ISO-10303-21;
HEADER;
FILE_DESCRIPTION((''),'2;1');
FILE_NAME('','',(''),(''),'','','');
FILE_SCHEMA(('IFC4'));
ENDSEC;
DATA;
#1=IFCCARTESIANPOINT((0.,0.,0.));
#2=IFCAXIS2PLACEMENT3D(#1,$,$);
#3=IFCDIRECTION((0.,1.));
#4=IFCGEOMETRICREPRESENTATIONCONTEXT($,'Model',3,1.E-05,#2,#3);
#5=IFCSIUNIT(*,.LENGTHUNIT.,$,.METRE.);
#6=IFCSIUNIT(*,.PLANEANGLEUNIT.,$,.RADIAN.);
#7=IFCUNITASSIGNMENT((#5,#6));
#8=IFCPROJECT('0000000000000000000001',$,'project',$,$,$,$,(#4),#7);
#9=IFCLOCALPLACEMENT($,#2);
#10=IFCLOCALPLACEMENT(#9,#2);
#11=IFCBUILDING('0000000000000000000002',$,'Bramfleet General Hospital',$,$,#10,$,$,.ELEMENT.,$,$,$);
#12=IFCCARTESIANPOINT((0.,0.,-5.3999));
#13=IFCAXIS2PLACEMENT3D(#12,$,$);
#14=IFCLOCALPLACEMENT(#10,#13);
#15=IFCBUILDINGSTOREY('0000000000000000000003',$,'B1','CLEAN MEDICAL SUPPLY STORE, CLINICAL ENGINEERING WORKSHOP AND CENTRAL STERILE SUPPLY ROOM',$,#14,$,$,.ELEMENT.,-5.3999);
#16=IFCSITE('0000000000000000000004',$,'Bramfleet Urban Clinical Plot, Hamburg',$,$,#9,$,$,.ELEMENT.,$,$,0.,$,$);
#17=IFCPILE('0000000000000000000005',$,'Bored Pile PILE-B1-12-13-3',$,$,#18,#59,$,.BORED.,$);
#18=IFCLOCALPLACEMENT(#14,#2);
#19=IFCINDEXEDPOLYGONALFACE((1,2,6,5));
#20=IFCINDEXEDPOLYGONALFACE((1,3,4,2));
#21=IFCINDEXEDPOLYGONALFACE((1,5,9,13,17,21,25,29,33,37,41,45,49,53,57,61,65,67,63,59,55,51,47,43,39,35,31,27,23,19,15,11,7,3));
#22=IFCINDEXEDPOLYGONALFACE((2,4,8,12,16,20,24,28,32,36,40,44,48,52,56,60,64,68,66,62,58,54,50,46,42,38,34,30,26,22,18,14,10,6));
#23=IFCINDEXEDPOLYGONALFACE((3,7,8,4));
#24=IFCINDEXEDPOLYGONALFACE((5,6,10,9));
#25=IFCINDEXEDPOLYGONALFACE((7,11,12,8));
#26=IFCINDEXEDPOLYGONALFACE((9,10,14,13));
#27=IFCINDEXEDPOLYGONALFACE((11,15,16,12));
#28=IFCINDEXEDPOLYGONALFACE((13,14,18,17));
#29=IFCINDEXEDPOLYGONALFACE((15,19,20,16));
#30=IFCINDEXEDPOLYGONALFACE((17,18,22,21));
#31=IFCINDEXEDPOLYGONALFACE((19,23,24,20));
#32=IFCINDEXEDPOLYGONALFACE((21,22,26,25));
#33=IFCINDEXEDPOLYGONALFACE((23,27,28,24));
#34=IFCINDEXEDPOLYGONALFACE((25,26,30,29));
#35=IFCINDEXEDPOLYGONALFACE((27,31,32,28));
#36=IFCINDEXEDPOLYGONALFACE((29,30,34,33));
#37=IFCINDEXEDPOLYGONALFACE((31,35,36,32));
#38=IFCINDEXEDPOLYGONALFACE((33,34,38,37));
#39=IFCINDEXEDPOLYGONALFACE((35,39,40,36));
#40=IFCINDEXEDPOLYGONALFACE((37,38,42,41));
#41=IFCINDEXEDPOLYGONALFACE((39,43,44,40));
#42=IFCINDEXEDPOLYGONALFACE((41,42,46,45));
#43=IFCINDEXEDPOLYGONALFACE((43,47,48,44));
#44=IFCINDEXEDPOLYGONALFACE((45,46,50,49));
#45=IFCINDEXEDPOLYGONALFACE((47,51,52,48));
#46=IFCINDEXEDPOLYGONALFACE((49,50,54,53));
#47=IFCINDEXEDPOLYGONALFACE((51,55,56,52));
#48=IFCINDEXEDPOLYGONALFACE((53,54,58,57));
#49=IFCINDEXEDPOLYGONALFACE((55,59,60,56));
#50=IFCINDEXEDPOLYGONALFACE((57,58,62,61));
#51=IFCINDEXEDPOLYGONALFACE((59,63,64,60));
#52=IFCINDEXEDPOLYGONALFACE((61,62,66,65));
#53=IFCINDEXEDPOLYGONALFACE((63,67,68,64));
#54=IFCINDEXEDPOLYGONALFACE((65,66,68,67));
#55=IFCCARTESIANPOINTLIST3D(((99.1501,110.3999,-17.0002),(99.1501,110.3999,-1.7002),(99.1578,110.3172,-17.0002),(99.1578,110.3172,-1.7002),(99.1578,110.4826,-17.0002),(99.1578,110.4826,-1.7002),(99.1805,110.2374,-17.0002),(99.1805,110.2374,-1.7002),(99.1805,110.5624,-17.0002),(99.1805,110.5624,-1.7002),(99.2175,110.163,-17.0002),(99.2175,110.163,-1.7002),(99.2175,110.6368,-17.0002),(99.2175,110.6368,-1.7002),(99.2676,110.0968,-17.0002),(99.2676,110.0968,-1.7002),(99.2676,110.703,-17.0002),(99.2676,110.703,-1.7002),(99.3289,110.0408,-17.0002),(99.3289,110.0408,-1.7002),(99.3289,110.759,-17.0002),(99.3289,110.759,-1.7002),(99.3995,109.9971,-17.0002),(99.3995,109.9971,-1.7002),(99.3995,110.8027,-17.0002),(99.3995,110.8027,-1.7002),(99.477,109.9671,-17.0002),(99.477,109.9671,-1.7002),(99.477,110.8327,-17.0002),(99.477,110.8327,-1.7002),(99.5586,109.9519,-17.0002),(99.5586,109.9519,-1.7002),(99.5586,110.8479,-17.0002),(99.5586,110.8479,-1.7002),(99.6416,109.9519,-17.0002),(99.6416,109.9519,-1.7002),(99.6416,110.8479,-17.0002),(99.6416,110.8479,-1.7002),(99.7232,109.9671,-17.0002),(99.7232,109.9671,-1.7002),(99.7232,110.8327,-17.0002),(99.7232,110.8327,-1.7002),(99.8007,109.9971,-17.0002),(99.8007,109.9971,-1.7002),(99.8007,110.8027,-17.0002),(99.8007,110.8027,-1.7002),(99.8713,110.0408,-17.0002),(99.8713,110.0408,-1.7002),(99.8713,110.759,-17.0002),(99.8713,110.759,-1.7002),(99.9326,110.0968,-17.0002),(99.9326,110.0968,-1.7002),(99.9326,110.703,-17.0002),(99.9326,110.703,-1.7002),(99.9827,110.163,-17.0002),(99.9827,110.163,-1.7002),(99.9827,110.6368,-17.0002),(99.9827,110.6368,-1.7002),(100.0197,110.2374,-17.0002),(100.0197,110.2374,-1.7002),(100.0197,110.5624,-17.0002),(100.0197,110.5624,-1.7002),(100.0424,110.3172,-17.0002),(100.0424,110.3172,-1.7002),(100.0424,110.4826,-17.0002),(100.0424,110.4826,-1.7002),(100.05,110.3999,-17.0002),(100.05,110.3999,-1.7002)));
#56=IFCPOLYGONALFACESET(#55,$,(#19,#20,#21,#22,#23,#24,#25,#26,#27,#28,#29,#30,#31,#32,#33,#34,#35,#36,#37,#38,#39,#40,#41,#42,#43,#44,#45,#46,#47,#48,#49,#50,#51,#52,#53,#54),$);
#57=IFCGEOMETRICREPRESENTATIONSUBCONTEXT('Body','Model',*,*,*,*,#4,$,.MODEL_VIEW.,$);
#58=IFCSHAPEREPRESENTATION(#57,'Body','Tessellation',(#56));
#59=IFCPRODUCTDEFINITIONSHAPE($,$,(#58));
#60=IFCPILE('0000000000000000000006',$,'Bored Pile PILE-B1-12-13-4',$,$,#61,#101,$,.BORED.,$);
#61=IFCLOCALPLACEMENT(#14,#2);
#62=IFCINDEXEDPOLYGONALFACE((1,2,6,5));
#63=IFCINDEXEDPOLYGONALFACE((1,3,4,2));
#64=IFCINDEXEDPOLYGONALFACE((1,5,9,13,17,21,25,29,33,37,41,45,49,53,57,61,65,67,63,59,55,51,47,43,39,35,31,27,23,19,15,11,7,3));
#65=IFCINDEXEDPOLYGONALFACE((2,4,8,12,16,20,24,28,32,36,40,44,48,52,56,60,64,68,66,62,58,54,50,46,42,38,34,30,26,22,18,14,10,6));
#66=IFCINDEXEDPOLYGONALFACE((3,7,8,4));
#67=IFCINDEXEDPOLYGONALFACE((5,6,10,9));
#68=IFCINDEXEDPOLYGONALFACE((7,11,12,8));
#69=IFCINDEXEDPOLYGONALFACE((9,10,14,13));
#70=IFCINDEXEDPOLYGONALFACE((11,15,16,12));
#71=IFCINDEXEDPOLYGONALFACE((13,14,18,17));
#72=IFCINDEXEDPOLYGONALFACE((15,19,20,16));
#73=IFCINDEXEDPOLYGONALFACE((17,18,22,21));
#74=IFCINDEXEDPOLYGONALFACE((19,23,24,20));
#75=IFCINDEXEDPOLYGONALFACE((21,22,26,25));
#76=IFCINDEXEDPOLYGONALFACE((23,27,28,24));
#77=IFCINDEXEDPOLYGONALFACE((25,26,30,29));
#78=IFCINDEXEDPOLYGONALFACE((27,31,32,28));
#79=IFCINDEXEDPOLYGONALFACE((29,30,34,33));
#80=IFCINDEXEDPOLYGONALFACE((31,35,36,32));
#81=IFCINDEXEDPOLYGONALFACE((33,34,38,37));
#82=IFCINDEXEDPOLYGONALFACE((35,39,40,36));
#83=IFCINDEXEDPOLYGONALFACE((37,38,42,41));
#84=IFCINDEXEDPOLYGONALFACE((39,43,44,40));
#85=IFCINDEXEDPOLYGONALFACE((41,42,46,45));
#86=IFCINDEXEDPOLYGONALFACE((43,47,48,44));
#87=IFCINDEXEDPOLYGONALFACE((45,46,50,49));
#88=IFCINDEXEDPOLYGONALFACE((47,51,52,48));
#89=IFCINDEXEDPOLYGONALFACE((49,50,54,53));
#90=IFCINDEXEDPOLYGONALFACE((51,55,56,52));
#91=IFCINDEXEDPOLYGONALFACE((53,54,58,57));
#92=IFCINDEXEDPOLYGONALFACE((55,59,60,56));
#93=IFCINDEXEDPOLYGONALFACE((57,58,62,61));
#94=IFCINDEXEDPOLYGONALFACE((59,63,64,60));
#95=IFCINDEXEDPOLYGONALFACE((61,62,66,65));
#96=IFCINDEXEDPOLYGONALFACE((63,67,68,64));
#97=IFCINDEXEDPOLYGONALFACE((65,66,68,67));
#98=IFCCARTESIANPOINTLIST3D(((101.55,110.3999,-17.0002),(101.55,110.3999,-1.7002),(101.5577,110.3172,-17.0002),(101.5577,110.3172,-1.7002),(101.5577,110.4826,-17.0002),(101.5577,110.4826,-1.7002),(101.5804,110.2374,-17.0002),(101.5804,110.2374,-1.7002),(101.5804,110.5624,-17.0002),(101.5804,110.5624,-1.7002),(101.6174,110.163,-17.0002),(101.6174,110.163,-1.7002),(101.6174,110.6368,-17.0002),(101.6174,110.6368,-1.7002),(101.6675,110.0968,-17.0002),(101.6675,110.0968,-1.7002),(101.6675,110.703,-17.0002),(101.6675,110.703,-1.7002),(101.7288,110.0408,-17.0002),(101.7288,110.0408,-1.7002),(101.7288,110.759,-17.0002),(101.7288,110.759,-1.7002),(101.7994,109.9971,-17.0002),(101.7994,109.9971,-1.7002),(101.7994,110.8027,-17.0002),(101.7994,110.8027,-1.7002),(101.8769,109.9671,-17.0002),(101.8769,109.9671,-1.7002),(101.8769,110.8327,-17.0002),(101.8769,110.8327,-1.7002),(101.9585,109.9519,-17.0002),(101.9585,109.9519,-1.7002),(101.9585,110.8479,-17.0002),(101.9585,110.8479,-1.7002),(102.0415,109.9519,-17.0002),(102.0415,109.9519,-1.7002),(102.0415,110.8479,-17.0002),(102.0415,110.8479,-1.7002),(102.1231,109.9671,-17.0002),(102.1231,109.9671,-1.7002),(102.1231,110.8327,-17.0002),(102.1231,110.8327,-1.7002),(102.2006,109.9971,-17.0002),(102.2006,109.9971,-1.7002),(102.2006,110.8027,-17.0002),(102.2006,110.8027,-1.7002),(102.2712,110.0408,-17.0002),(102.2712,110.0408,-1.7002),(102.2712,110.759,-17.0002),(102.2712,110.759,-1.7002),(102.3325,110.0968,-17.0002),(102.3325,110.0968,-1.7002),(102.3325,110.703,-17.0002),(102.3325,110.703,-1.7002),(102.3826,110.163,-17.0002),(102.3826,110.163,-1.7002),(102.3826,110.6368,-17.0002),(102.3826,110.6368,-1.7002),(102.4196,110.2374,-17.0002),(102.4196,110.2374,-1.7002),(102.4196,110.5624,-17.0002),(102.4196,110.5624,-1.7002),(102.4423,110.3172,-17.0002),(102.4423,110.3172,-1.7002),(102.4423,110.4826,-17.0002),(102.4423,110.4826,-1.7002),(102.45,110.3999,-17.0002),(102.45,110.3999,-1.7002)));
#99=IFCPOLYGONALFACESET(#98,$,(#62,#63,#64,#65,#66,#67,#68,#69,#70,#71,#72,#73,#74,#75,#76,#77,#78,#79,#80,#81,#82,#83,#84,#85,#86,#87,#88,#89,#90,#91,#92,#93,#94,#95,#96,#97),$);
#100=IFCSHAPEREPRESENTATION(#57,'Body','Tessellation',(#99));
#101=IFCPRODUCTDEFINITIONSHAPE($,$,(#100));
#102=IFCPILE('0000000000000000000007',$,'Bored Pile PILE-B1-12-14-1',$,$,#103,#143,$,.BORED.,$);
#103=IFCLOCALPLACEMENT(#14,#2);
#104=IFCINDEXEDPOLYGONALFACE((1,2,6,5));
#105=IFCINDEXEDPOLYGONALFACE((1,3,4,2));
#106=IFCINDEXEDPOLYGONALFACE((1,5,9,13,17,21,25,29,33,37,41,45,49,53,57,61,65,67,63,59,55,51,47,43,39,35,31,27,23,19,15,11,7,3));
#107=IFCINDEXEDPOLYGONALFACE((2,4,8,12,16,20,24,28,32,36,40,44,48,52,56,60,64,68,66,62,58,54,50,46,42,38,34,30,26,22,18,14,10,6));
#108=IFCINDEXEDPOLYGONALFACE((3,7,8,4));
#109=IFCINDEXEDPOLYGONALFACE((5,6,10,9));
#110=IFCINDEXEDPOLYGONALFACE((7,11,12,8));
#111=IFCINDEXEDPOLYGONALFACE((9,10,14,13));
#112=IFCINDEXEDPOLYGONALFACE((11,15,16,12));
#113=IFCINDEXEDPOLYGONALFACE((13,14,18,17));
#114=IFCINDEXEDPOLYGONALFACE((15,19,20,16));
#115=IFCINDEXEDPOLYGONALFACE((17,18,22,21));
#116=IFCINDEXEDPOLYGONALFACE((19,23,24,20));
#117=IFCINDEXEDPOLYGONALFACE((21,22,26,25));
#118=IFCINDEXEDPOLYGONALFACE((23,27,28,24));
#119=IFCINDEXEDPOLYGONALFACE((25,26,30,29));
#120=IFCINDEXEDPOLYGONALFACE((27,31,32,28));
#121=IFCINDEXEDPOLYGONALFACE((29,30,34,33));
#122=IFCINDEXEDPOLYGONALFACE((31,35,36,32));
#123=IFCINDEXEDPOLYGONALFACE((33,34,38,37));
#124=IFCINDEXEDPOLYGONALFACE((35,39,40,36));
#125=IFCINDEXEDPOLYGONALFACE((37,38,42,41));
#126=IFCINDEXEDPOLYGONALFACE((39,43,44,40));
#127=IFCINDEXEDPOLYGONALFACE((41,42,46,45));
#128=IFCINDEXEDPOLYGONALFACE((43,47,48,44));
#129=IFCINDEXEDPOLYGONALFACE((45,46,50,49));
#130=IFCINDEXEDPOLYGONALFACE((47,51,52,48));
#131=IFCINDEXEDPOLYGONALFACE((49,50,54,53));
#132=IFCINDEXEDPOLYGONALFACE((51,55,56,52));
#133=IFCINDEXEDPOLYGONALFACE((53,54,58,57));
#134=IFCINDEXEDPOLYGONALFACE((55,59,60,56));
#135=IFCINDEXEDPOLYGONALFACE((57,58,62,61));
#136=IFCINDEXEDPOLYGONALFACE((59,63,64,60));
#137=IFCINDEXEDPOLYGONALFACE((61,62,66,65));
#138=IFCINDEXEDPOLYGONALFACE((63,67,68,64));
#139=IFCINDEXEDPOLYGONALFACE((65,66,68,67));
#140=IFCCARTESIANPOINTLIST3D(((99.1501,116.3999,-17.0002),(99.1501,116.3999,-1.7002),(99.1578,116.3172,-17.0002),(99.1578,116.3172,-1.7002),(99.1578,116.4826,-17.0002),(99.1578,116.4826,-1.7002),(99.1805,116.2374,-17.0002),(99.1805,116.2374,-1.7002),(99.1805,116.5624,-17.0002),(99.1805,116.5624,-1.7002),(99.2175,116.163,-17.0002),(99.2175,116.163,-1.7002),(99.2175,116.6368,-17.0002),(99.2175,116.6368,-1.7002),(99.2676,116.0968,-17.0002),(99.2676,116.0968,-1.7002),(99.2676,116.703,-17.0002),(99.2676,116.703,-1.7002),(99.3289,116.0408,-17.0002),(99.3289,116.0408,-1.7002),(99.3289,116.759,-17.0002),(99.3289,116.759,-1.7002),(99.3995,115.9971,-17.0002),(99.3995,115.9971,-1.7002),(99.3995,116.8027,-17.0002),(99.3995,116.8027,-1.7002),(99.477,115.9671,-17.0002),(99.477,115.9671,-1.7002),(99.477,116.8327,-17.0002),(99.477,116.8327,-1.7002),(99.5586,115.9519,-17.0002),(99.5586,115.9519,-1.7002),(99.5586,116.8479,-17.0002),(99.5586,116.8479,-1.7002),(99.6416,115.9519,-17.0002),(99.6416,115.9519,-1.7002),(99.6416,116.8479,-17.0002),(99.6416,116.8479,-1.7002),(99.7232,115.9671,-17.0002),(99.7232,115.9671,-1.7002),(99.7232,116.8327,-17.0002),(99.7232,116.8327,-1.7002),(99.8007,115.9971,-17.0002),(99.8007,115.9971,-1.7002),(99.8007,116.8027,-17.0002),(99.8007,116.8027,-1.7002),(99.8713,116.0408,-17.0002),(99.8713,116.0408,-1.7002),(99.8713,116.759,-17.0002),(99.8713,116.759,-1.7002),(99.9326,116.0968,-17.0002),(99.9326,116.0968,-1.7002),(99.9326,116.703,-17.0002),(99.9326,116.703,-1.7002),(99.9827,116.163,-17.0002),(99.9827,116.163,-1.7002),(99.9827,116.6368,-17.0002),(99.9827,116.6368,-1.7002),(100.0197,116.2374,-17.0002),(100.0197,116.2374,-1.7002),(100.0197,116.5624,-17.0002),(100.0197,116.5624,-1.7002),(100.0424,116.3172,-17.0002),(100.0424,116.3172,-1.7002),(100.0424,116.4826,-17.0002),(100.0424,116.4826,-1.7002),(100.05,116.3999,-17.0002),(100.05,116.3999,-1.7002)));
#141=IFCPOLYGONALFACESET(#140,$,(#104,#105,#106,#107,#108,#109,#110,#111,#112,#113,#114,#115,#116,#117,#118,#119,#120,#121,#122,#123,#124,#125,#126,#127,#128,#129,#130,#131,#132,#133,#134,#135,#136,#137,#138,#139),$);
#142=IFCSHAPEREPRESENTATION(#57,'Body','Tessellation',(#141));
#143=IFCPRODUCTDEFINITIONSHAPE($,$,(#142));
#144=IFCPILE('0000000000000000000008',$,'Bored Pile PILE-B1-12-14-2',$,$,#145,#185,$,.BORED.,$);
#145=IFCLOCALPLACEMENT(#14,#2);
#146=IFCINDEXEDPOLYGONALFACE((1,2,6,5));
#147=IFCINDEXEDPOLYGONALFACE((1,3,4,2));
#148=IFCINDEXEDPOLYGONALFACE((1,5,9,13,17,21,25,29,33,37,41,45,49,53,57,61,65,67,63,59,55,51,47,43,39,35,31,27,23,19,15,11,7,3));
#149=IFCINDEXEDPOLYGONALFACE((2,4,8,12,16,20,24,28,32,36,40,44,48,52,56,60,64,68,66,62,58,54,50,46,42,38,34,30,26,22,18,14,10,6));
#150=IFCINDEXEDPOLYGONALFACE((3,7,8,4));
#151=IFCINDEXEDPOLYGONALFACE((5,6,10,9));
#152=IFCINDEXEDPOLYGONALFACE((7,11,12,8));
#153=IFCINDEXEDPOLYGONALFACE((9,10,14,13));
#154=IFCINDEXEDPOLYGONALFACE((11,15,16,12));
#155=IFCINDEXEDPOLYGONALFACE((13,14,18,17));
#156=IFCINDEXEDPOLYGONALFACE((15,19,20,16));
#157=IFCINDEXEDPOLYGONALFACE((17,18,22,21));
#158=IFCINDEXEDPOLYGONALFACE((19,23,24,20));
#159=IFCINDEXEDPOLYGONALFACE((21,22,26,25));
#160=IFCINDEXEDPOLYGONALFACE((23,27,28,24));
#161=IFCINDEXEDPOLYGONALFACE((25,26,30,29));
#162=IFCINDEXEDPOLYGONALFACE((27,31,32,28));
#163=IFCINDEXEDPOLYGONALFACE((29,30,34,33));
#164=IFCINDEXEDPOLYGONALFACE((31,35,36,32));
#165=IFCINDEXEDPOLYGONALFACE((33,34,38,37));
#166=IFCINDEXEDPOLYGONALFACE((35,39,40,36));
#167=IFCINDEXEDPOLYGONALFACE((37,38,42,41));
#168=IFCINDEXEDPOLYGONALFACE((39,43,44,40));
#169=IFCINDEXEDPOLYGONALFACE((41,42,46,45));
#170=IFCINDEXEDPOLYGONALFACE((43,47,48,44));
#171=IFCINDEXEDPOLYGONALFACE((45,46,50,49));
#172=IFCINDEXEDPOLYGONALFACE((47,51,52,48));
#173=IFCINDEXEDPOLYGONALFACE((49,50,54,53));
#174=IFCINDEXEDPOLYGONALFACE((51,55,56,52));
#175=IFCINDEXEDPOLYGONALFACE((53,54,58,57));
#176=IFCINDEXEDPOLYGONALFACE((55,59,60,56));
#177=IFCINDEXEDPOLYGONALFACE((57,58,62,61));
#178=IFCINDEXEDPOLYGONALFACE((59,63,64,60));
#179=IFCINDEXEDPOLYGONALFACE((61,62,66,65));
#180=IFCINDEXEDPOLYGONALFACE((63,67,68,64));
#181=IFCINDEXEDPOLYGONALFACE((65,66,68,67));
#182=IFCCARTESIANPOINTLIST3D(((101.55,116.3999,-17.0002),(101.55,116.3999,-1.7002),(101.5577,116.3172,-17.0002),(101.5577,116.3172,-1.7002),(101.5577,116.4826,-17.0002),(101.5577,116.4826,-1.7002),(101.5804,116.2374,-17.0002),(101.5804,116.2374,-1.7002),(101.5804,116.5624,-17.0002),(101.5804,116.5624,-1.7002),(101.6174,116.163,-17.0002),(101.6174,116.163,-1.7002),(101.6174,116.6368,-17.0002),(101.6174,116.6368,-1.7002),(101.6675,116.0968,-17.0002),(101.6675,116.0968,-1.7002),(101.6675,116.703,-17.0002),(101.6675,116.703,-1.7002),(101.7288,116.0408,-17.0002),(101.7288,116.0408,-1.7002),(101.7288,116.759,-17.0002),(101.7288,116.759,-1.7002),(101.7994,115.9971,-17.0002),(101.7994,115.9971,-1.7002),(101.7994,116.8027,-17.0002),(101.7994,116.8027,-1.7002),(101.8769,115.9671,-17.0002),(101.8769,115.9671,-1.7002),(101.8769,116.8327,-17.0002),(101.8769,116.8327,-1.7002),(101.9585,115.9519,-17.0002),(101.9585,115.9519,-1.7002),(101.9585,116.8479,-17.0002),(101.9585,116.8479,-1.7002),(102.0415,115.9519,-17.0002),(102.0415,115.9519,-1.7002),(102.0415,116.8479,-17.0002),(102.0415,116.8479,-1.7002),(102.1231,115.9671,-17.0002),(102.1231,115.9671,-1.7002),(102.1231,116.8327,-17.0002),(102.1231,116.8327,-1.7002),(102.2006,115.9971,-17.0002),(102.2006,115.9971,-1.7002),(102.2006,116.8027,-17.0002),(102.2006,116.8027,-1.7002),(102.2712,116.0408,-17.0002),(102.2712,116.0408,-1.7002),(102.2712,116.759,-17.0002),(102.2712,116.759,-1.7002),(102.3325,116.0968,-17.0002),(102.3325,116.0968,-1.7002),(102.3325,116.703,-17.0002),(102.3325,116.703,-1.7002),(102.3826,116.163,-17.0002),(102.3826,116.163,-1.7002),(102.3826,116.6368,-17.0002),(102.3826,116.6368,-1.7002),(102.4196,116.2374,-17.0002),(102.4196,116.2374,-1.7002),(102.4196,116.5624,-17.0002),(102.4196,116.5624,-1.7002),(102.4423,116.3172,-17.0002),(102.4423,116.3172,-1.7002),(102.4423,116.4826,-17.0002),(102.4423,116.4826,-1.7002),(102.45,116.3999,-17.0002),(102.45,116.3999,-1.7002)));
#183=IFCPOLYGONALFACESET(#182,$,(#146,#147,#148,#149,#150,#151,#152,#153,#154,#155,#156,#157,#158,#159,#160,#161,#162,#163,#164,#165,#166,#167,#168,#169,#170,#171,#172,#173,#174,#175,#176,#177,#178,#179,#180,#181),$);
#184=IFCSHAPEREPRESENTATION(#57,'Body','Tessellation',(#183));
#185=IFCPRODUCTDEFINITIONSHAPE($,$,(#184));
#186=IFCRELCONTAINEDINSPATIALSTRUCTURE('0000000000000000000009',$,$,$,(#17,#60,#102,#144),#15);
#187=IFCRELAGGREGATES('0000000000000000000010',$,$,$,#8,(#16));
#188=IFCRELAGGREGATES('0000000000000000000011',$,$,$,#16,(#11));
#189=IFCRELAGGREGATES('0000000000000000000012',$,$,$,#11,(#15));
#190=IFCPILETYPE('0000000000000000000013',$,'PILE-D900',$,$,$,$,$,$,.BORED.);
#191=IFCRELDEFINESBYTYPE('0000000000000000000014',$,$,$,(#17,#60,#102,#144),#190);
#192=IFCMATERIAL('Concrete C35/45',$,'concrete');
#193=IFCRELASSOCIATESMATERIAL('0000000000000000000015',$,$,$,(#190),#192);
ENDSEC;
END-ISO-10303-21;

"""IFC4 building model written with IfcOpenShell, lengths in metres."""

from ifc_helpers import new_model, si_unit, direction, frame, origin, origin_2d, place, context, subcontext, project, spatial, circle, extrude, material, material_profile, profile_set, type_object, element, save


model = new_model("IFC4")

# Units and contexts
model_context = context("Model", 3, precision=1e-05, world=origin(), true_north=direction((0.0, 1.0)))
body_context = subcontext(model_context, "Body", "Model", "MODEL_VIEW")
ifc_project = project(units=[si_unit("LENGTHUNIT", "METRE"), si_unit("PLANEANGLEUNIT", "RADIAN")], contexts=[model_context])

# Site, building, storey
site_placement = place(None, origin())
site = spatial("IfcSite", under=ifc_project, at=site_placement, Name="Bramfleet Urban Clinical Plot, Hamburg", CompositionType="ELEMENT", RefElevation=0.0)
building_placement = place(site_placement, origin())
building = spatial("IfcBuilding", under=site, at=building_placement, Name="Bramfleet General Hospital", CompositionType="ELEMENT")
storey_placement = place(building_placement, frame((0.0, 0.0, -5.3999)))
storey = spatial("IfcBuildingStorey", under=building, at=storey_placement, Name="B1", Description="CLEAN MEDICAL SUPPLY STORE, CLINICAL ENGINEERING WORKSHOP AND CENTRAL STERILE SUPPLY ROOM", CompositionType="ELEMENT", Elevation=-5.3999)

# Shared definitions
ifc_material_1 = material(Name="Concrete C35/45", Category="concrete")

# Piles
ifc_material_profile_1 = material_profile(ifc_material_1, circle(Radius=0.45, at=origin_2d()), Name="PILE BORED D900")
ifc_profile_set_1 = profile_set([ifc_material_profile_1], Name="Concrete C35/45")
pile_type_1 = type_object("IfcPileType", Name="PILE-D900", PredefinedType="BORED", material=ifc_profile_set_1)
for number, where, z_axis, x_axis, name in (
    (1, (99.6001, 110.3999, -1.7002), (0.0, 0.0, -1.0), (1.0, 0.0, 0.0), "Bored Pile PILE-B1-12-13-3"),
    (2, (102.0, 110.3999, -1.7002), (0.0, 0.0, -1.0), (1.0, 0.0, 0.0), "Bored Pile PILE-B1-12-13-4"),
    (3, (99.6001, 116.3999, -1.7002), (0.0, 0.0, -1.0), (1.0, 0.0, 0.0), "Bored Pile PILE-B1-12-14-1"),
    (4, (102.0, 116.3999, -1.7002), (0.0, 0.0, -1.0), (1.0, 0.0, 0.0), "Bored Pile PILE-B1-12-14-2"),
):
    element("IfcPile", number, at=place(storey_placement, frame(where, z_axis=z_axis, x_axis=x_axis)), inside=storey, type_object=pile_type_1, Name=name, PredefinedType="BORED", context=body_context, shape_type="SweptSolid", body=[
        extrude(circle(Radius=0.45, at=origin_2d()), origin(), (0.0, 0.0, 1.0), 15.3),
    ])

save(model, "model.ifc")
